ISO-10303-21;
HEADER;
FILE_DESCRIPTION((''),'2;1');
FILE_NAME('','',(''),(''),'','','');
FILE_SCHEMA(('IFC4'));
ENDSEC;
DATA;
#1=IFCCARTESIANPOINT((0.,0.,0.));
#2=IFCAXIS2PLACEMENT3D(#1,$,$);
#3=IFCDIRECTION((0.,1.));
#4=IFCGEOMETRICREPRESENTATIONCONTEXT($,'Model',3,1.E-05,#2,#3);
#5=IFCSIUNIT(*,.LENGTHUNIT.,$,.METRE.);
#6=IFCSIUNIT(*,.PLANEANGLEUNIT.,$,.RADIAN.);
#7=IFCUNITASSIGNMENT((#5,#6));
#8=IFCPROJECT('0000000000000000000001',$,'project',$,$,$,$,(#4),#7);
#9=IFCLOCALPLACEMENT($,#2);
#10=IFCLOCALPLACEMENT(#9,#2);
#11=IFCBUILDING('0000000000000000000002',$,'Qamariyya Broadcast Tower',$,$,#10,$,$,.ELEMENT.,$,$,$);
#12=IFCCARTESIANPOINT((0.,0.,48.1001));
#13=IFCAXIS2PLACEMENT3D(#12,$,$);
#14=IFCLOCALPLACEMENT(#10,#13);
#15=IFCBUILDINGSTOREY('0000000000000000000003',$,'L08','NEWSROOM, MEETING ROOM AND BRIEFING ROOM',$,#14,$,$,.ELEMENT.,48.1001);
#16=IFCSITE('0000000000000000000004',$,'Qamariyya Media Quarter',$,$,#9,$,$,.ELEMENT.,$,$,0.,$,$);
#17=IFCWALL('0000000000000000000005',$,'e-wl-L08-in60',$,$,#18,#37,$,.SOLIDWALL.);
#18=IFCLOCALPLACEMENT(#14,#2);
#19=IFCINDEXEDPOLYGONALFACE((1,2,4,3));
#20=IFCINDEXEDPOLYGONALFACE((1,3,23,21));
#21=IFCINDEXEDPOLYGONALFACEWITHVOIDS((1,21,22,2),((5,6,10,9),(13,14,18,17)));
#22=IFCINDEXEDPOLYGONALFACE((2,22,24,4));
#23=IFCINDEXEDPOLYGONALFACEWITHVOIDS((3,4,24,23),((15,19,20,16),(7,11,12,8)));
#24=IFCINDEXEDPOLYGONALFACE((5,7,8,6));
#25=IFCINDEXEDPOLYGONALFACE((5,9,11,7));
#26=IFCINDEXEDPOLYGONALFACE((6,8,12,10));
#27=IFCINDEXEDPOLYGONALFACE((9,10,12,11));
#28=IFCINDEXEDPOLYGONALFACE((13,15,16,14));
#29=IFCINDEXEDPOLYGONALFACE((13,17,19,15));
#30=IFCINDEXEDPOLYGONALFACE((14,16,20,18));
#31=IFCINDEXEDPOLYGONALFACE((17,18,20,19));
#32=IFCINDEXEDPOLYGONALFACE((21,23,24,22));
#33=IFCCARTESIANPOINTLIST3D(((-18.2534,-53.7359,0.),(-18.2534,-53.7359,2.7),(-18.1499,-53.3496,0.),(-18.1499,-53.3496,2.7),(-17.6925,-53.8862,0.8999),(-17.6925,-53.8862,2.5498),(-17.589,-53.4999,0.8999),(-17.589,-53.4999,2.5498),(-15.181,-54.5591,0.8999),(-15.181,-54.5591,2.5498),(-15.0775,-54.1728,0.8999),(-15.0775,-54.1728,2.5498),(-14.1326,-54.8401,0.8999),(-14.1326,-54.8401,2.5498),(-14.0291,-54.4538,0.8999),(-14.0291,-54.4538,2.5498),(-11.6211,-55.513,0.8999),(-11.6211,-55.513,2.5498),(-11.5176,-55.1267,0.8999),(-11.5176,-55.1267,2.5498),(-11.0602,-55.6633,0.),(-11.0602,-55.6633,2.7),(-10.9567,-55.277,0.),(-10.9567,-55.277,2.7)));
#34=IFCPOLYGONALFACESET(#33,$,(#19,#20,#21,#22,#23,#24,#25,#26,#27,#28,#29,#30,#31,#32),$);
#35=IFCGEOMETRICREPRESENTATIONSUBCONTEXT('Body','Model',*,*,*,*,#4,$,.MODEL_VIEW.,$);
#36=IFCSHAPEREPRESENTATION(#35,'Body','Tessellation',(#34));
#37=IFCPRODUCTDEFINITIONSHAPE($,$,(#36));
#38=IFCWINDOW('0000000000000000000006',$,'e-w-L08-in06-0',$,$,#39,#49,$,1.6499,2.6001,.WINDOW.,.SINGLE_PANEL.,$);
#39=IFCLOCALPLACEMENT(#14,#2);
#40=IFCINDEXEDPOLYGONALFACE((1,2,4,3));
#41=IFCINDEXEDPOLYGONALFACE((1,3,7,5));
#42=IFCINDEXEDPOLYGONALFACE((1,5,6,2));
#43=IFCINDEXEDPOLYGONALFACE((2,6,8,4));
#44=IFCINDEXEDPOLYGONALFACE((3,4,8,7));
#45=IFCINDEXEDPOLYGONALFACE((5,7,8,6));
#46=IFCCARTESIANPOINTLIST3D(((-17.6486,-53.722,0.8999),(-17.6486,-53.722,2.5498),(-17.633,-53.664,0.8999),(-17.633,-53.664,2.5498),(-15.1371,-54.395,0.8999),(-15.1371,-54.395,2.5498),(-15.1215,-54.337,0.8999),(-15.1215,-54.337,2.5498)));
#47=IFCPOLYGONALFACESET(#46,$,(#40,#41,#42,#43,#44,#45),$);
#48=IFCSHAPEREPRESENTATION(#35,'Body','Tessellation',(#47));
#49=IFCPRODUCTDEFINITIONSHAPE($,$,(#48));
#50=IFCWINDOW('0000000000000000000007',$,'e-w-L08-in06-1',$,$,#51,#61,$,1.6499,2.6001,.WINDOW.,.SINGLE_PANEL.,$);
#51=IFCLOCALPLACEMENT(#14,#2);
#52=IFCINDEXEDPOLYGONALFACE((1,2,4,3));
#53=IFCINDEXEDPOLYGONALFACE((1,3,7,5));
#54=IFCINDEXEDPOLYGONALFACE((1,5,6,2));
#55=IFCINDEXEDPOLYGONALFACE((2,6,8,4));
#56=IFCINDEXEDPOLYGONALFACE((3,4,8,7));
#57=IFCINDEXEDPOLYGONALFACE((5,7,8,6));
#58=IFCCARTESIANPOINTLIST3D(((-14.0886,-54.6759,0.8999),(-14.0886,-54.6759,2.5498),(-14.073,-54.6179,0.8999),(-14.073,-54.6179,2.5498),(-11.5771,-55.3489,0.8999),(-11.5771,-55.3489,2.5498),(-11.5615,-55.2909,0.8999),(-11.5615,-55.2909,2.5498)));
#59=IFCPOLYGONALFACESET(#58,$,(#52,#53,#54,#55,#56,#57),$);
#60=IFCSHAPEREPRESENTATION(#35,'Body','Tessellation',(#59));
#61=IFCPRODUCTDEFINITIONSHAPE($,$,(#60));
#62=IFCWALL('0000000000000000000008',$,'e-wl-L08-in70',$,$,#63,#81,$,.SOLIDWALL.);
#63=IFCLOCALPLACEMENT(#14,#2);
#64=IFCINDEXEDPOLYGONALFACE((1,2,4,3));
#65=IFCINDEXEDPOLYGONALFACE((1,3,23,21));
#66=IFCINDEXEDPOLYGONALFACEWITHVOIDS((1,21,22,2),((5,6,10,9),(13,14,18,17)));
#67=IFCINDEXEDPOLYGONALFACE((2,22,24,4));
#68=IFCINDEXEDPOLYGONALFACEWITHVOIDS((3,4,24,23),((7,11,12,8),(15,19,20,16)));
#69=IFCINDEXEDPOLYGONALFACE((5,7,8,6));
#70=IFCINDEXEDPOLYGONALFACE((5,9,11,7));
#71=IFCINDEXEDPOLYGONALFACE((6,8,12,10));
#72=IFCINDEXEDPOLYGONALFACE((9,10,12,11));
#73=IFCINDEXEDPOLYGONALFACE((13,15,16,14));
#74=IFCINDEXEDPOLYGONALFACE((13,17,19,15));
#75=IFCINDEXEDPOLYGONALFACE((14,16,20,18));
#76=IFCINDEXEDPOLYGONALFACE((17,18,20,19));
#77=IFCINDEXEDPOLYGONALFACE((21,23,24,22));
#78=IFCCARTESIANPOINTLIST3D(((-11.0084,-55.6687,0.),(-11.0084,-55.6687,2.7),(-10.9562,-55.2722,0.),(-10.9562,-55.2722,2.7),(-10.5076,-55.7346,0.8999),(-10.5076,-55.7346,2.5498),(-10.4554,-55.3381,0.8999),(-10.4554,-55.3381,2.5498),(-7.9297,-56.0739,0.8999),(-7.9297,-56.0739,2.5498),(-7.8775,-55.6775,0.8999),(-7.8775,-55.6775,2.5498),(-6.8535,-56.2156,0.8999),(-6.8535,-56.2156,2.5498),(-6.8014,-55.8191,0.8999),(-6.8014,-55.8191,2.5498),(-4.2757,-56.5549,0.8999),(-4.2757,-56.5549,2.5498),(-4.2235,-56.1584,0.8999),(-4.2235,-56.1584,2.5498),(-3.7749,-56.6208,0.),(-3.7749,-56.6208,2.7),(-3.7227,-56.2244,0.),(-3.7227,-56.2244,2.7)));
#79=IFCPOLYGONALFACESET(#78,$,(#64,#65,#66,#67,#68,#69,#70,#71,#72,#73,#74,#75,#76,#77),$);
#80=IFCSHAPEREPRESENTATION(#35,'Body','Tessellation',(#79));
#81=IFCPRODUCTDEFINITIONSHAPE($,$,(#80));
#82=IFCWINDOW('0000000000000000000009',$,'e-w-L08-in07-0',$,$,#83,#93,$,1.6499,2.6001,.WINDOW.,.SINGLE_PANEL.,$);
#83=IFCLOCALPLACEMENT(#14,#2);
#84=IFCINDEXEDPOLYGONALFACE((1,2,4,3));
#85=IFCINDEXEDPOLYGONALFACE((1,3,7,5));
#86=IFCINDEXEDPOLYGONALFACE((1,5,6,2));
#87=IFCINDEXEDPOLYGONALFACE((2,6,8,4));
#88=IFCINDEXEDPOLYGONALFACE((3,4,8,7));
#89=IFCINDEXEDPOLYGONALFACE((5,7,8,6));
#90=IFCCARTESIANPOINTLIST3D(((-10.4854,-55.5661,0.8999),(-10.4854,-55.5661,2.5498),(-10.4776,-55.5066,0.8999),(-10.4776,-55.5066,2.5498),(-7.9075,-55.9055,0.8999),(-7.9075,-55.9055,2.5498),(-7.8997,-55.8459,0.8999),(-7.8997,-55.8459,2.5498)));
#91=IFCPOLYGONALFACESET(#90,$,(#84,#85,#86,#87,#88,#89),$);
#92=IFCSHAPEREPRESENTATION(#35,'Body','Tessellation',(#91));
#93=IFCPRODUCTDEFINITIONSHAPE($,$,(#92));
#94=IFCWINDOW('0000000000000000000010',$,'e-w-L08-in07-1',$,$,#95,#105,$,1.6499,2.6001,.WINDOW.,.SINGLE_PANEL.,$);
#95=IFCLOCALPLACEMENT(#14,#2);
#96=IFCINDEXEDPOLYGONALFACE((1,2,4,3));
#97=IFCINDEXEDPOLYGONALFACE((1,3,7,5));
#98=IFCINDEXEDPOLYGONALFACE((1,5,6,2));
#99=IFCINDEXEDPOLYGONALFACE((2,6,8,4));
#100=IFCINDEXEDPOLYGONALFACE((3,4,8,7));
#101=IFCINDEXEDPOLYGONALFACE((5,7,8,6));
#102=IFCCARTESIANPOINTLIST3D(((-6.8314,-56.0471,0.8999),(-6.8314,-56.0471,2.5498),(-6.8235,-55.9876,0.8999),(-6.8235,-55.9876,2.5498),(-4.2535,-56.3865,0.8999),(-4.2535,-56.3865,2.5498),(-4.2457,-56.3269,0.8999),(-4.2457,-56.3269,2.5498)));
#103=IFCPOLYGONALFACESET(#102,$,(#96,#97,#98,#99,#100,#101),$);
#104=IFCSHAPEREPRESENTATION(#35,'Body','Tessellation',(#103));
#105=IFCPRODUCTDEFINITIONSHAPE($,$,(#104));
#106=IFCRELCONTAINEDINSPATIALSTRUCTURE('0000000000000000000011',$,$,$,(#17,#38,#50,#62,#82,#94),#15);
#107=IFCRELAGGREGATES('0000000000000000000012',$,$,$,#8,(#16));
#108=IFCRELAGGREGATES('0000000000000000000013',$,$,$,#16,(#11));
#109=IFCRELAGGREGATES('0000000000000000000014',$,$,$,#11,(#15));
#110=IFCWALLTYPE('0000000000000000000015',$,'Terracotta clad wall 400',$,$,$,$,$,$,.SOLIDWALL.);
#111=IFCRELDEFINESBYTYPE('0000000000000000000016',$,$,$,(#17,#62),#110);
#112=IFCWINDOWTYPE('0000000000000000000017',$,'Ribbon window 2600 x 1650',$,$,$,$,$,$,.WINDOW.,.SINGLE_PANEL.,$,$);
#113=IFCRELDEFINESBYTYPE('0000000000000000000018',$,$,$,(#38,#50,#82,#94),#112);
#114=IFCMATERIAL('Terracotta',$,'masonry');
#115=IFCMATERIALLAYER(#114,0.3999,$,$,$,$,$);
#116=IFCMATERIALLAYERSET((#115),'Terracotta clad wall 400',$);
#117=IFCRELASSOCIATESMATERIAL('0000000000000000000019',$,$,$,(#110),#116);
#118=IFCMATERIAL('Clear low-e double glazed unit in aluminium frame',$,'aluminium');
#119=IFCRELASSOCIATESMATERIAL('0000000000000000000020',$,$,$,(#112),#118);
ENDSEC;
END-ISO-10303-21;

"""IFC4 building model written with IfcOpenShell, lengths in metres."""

from ifc_helpers import new_model, si_unit, direction, frame, frame_2d, origin, place, context, subcontext, project, spatial, rectangle, extrude, material, layer, layer_set, type_object, element, fill, save


model = new_model("IFC4")

# Units and contexts
model_context = context("Model", 3, precision=1e-05, world=origin(), true_north=direction((0.0, 1.0)))
body_context = subcontext(model_context, "Body", "Model", "MODEL_VIEW")
ifc_project = project(units=[si_unit("LENGTHUNIT", "METRE"), si_unit("PLANEANGLEUNIT", "RADIAN")], contexts=[model_context])

# Site, building, storey
site_placement = place(None, origin())
site = spatial("IfcSite", under=ifc_project, at=site_placement, Name="Qamariyya Media Quarter", CompositionType="ELEMENT", RefElevation=0.0)
building_placement = place(site_placement, origin())
building = spatial("IfcBuilding", under=site, at=building_placement, Name="Qamariyya Broadcast Tower", CompositionType="ELEMENT")
storey_placement = place(building_placement, frame((0.0, 0.0, 48.1001)))
storey = spatial("IfcBuildingStorey", under=building, at=storey_placement, Name="L08", Description="NEWSROOM, MEETING ROOM AND BRIEFING ROOM", CompositionType="ELEMENT", Elevation=48.1001)

# Walls, openings, windows
ifc_material_1 = material(Name="Terracotta", Category="masonry")
ifc_layer_1 = layer(ifc_material_1, 0.3999)
ifc_layer_set_1 = layer_set([ifc_layer_1], Name="Terracotta clad wall 400")
wall_type_1 = type_object("IfcWallType", Name="Terracotta clad wall 400", PredefinedType="SOLIDWALL", material=ifc_layer_set_1)
ifc_material_2 = material(Name="Clear low-e double glazed unit in aluminium frame", Category="aluminium")
window_type = type_object("IfcWindowType", Name="Ribbon window 2600 x 1650", PartitioningType="SINGLE_PANEL", PredefinedType="WINDOW", material=ifc_material_2)
wall_1_placement = place(storey_placement, frame((-11.0083, -55.4702, 0.0), z_axis=(0.0, 0.0, 1.0), x_axis=(-0.965925, 0.258823, 0.0)))
wall_1 = element("IfcWall", 1, at=wall_1_placement, inside=storey, type_object=wall_type_1, Name="e-wl-L08-in60", PredefinedType="SOLIDWALL", context=body_context, shape_type="SweptSolid", body=[
    extrude(rectangle(XDim=7.447, YDim=0.3999, at=frame_2d((3.7236, 0.0))), origin(), (0.0, 0.0, 1.0), 2.7),
])
opening_1_placement = place(wall_1_placement, frame((4.2664, 0.0, 0.8999)))
opening_1 = element("IfcOpeningElement", 2, at=opening_1_placement, cuts=wall_1, PredefinedType="OPENING", context=body_context, shape_type="SweptSolid", body=[
    extrude(rectangle(XDim=2.6001, YDim=1.6499, at=frame_2d((1.3, 0.825))), frame((0.0, 0.21, 0.0), z_axis=(0.0, -1.0, 0.0), x_axis=(1.0, 0.0, 0.0)), (0.0, 0.0, 1.0), 0.4199),
])
opening_2_placement = place(wall_1_placement, frame((0.5808, 0.0, 0.8999)))
opening_2 = element("IfcOpeningElement", 3, at=opening_2_placement, cuts=wall_1, PredefinedType="OPENING", context=body_context, shape_type="SweptSolid", body=[
    extrude(rectangle(XDim=2.6001, YDim=1.6499, at=frame_2d((1.3, 0.825))), frame((0.0, 0.21, 0.0), z_axis=(0.0, -1.0, 0.0), x_axis=(1.0, 0.0, 0.0)), (0.0, 0.0, 1.0), 0.4199),
])
window_1_placement = place(opening_1_placement, origin())
window_1 = element("IfcWindow", 4, at=window_1_placement, inside=storey, type_object=window_type, Name="e-w-L08-in06-0", OverallHeight=1.6499, OverallWidth=2.6001, PartitioningType="SINGLE_PANEL", PredefinedType="WINDOW", context=body_context, shape_type="SweptSolid", body=[
    extrude(rectangle(XDim=2.6001, YDim=1.6499, at=frame_2d((1.3, 0.825))), frame((0.0, 0.03, 0.0), z_axis=(0.0, -1.0, 0.0), x_axis=(1.0, 0.0, 0.0)), (0.0, 0.0, 1.0), 0.0601),
])
fill(opening_1, window_1)
window_2_placement = place(opening_2_placement, origin())
window_2 = element("IfcWindow", 5, at=window_2_placement, inside=storey, type_object=window_type, Name="e-w-L08-in06-1", OverallHeight=1.6499, OverallWidth=2.6001, PartitioningType="SINGLE_PANEL", PredefinedType="WINDOW", context=body_context, shape_type="SweptSolid", body=[
    extrude(rectangle(XDim=2.6001, YDim=1.6499, at=frame_2d((1.3, 0.825))), frame((0.0, 0.03, 0.0), z_axis=(0.0, -1.0, 0.0), x_axis=(1.0, 0.0, 0.0)), (0.0, 0.0, 1.0), 0.0601),
])
fill(opening_2, window_2)
wall_2_placement = place(storey_placement, frame((-3.7488, -56.4226, 0.0), z_axis=(0.0, 0.0, 1.0), x_axis=(-0.991447, 0.130506, 0.0)))
wall_2 = element("IfcWall", 6, at=wall_2_placement, inside=storey, type_object=wall_type_1, Name="e-wl-L08-in70", PredefinedType="SOLIDWALL", context=body_context, shape_type="SweptSolid", body=[
    extrude(rectangle(XDim=7.2959, YDim=0.3999, at=frame_2d((3.6479, 0.0))), origin(), (0.0, 0.0, 1.0), 2.7),
])
opening_3_placement = place(wall_2_placement, frame((4.1907, 0.0, 0.8999)))
opening_3 = element("IfcOpeningElement", 7, at=opening_3_placement, cuts=wall_2, PredefinedType="OPENING", context=body_context, shape_type="SweptSolid", body=[
    extrude(rectangle(XDim=2.6001, YDim=1.6499, at=frame_2d((1.3, 0.825))), frame((0.0, 0.21, 0.0), z_axis=(0.0, -1.0, 0.0), x_axis=(1.0, 0.0, 0.0)), (0.0, 0.0, 1.0), 0.4199),
])
opening_4_placement = place(wall_2_placement, frame((0.5051, 0.0, 0.8999)))
opening_4 = element("IfcOpeningElement", 8, at=opening_4_placement, cuts=wall_2, PredefinedType="OPENING", context=body_context, shape_type="SweptSolid", body=[
    extrude(rectangle(XDim=2.6001, YDim=1.6499, at=frame_2d((1.3, 0.825))), frame((0.0, 0.21, 0.0), z_axis=(0.0, -1.0, 0.0), x_axis=(1.0, 0.0, 0.0)), (0.0, 0.0, 1.0), 0.4199),
])
window_3_placement = place(opening_3_placement, origin())
window_3 = element("IfcWindow", 9, at=window_3_placement, inside=storey, type_object=window_type, Name="e-w-L08-in07-0", OverallHeight=1.6499, OverallWidth=2.6001, PartitioningType="SINGLE_PANEL", PredefinedType="WINDOW", context=body_context, shape_type="SweptSolid", body=[
    extrude(rectangle(XDim=2.6001, YDim=1.6499, at=frame_2d((1.3, 0.825))), frame((0.0, 0.03, 0.0), z_axis=(0.0, -1.0, 0.0), x_axis=(1.0, 0.0, 0.0)), (0.0, 0.0, 1.0), 0.0601),
])
fill(opening_3, window_3)
window_4_placement = place(opening_4_placement, origin())
window_4 = element("IfcWindow", 10, at=window_4_placement, inside=storey, type_object=window_type, Name="e-w-L08-in07-1", OverallHeight=1.6499, OverallWidth=2.6001, PartitioningType="SINGLE_PANEL", PredefinedType="WINDOW", context=body_context, shape_type="SweptSolid", body=[
    extrude(rectangle(XDim=2.6001, YDim=1.6499, at=frame_2d((1.3, 0.825))), frame((0.0, 0.03, 0.0), z_axis=(0.0, -1.0, 0.0), x_axis=(1.0, 0.0, 0.0)), (0.0, 0.0, 1.0), 0.0601),
])
fill(opening_4, window_4)

save(model, "model.ifc")
